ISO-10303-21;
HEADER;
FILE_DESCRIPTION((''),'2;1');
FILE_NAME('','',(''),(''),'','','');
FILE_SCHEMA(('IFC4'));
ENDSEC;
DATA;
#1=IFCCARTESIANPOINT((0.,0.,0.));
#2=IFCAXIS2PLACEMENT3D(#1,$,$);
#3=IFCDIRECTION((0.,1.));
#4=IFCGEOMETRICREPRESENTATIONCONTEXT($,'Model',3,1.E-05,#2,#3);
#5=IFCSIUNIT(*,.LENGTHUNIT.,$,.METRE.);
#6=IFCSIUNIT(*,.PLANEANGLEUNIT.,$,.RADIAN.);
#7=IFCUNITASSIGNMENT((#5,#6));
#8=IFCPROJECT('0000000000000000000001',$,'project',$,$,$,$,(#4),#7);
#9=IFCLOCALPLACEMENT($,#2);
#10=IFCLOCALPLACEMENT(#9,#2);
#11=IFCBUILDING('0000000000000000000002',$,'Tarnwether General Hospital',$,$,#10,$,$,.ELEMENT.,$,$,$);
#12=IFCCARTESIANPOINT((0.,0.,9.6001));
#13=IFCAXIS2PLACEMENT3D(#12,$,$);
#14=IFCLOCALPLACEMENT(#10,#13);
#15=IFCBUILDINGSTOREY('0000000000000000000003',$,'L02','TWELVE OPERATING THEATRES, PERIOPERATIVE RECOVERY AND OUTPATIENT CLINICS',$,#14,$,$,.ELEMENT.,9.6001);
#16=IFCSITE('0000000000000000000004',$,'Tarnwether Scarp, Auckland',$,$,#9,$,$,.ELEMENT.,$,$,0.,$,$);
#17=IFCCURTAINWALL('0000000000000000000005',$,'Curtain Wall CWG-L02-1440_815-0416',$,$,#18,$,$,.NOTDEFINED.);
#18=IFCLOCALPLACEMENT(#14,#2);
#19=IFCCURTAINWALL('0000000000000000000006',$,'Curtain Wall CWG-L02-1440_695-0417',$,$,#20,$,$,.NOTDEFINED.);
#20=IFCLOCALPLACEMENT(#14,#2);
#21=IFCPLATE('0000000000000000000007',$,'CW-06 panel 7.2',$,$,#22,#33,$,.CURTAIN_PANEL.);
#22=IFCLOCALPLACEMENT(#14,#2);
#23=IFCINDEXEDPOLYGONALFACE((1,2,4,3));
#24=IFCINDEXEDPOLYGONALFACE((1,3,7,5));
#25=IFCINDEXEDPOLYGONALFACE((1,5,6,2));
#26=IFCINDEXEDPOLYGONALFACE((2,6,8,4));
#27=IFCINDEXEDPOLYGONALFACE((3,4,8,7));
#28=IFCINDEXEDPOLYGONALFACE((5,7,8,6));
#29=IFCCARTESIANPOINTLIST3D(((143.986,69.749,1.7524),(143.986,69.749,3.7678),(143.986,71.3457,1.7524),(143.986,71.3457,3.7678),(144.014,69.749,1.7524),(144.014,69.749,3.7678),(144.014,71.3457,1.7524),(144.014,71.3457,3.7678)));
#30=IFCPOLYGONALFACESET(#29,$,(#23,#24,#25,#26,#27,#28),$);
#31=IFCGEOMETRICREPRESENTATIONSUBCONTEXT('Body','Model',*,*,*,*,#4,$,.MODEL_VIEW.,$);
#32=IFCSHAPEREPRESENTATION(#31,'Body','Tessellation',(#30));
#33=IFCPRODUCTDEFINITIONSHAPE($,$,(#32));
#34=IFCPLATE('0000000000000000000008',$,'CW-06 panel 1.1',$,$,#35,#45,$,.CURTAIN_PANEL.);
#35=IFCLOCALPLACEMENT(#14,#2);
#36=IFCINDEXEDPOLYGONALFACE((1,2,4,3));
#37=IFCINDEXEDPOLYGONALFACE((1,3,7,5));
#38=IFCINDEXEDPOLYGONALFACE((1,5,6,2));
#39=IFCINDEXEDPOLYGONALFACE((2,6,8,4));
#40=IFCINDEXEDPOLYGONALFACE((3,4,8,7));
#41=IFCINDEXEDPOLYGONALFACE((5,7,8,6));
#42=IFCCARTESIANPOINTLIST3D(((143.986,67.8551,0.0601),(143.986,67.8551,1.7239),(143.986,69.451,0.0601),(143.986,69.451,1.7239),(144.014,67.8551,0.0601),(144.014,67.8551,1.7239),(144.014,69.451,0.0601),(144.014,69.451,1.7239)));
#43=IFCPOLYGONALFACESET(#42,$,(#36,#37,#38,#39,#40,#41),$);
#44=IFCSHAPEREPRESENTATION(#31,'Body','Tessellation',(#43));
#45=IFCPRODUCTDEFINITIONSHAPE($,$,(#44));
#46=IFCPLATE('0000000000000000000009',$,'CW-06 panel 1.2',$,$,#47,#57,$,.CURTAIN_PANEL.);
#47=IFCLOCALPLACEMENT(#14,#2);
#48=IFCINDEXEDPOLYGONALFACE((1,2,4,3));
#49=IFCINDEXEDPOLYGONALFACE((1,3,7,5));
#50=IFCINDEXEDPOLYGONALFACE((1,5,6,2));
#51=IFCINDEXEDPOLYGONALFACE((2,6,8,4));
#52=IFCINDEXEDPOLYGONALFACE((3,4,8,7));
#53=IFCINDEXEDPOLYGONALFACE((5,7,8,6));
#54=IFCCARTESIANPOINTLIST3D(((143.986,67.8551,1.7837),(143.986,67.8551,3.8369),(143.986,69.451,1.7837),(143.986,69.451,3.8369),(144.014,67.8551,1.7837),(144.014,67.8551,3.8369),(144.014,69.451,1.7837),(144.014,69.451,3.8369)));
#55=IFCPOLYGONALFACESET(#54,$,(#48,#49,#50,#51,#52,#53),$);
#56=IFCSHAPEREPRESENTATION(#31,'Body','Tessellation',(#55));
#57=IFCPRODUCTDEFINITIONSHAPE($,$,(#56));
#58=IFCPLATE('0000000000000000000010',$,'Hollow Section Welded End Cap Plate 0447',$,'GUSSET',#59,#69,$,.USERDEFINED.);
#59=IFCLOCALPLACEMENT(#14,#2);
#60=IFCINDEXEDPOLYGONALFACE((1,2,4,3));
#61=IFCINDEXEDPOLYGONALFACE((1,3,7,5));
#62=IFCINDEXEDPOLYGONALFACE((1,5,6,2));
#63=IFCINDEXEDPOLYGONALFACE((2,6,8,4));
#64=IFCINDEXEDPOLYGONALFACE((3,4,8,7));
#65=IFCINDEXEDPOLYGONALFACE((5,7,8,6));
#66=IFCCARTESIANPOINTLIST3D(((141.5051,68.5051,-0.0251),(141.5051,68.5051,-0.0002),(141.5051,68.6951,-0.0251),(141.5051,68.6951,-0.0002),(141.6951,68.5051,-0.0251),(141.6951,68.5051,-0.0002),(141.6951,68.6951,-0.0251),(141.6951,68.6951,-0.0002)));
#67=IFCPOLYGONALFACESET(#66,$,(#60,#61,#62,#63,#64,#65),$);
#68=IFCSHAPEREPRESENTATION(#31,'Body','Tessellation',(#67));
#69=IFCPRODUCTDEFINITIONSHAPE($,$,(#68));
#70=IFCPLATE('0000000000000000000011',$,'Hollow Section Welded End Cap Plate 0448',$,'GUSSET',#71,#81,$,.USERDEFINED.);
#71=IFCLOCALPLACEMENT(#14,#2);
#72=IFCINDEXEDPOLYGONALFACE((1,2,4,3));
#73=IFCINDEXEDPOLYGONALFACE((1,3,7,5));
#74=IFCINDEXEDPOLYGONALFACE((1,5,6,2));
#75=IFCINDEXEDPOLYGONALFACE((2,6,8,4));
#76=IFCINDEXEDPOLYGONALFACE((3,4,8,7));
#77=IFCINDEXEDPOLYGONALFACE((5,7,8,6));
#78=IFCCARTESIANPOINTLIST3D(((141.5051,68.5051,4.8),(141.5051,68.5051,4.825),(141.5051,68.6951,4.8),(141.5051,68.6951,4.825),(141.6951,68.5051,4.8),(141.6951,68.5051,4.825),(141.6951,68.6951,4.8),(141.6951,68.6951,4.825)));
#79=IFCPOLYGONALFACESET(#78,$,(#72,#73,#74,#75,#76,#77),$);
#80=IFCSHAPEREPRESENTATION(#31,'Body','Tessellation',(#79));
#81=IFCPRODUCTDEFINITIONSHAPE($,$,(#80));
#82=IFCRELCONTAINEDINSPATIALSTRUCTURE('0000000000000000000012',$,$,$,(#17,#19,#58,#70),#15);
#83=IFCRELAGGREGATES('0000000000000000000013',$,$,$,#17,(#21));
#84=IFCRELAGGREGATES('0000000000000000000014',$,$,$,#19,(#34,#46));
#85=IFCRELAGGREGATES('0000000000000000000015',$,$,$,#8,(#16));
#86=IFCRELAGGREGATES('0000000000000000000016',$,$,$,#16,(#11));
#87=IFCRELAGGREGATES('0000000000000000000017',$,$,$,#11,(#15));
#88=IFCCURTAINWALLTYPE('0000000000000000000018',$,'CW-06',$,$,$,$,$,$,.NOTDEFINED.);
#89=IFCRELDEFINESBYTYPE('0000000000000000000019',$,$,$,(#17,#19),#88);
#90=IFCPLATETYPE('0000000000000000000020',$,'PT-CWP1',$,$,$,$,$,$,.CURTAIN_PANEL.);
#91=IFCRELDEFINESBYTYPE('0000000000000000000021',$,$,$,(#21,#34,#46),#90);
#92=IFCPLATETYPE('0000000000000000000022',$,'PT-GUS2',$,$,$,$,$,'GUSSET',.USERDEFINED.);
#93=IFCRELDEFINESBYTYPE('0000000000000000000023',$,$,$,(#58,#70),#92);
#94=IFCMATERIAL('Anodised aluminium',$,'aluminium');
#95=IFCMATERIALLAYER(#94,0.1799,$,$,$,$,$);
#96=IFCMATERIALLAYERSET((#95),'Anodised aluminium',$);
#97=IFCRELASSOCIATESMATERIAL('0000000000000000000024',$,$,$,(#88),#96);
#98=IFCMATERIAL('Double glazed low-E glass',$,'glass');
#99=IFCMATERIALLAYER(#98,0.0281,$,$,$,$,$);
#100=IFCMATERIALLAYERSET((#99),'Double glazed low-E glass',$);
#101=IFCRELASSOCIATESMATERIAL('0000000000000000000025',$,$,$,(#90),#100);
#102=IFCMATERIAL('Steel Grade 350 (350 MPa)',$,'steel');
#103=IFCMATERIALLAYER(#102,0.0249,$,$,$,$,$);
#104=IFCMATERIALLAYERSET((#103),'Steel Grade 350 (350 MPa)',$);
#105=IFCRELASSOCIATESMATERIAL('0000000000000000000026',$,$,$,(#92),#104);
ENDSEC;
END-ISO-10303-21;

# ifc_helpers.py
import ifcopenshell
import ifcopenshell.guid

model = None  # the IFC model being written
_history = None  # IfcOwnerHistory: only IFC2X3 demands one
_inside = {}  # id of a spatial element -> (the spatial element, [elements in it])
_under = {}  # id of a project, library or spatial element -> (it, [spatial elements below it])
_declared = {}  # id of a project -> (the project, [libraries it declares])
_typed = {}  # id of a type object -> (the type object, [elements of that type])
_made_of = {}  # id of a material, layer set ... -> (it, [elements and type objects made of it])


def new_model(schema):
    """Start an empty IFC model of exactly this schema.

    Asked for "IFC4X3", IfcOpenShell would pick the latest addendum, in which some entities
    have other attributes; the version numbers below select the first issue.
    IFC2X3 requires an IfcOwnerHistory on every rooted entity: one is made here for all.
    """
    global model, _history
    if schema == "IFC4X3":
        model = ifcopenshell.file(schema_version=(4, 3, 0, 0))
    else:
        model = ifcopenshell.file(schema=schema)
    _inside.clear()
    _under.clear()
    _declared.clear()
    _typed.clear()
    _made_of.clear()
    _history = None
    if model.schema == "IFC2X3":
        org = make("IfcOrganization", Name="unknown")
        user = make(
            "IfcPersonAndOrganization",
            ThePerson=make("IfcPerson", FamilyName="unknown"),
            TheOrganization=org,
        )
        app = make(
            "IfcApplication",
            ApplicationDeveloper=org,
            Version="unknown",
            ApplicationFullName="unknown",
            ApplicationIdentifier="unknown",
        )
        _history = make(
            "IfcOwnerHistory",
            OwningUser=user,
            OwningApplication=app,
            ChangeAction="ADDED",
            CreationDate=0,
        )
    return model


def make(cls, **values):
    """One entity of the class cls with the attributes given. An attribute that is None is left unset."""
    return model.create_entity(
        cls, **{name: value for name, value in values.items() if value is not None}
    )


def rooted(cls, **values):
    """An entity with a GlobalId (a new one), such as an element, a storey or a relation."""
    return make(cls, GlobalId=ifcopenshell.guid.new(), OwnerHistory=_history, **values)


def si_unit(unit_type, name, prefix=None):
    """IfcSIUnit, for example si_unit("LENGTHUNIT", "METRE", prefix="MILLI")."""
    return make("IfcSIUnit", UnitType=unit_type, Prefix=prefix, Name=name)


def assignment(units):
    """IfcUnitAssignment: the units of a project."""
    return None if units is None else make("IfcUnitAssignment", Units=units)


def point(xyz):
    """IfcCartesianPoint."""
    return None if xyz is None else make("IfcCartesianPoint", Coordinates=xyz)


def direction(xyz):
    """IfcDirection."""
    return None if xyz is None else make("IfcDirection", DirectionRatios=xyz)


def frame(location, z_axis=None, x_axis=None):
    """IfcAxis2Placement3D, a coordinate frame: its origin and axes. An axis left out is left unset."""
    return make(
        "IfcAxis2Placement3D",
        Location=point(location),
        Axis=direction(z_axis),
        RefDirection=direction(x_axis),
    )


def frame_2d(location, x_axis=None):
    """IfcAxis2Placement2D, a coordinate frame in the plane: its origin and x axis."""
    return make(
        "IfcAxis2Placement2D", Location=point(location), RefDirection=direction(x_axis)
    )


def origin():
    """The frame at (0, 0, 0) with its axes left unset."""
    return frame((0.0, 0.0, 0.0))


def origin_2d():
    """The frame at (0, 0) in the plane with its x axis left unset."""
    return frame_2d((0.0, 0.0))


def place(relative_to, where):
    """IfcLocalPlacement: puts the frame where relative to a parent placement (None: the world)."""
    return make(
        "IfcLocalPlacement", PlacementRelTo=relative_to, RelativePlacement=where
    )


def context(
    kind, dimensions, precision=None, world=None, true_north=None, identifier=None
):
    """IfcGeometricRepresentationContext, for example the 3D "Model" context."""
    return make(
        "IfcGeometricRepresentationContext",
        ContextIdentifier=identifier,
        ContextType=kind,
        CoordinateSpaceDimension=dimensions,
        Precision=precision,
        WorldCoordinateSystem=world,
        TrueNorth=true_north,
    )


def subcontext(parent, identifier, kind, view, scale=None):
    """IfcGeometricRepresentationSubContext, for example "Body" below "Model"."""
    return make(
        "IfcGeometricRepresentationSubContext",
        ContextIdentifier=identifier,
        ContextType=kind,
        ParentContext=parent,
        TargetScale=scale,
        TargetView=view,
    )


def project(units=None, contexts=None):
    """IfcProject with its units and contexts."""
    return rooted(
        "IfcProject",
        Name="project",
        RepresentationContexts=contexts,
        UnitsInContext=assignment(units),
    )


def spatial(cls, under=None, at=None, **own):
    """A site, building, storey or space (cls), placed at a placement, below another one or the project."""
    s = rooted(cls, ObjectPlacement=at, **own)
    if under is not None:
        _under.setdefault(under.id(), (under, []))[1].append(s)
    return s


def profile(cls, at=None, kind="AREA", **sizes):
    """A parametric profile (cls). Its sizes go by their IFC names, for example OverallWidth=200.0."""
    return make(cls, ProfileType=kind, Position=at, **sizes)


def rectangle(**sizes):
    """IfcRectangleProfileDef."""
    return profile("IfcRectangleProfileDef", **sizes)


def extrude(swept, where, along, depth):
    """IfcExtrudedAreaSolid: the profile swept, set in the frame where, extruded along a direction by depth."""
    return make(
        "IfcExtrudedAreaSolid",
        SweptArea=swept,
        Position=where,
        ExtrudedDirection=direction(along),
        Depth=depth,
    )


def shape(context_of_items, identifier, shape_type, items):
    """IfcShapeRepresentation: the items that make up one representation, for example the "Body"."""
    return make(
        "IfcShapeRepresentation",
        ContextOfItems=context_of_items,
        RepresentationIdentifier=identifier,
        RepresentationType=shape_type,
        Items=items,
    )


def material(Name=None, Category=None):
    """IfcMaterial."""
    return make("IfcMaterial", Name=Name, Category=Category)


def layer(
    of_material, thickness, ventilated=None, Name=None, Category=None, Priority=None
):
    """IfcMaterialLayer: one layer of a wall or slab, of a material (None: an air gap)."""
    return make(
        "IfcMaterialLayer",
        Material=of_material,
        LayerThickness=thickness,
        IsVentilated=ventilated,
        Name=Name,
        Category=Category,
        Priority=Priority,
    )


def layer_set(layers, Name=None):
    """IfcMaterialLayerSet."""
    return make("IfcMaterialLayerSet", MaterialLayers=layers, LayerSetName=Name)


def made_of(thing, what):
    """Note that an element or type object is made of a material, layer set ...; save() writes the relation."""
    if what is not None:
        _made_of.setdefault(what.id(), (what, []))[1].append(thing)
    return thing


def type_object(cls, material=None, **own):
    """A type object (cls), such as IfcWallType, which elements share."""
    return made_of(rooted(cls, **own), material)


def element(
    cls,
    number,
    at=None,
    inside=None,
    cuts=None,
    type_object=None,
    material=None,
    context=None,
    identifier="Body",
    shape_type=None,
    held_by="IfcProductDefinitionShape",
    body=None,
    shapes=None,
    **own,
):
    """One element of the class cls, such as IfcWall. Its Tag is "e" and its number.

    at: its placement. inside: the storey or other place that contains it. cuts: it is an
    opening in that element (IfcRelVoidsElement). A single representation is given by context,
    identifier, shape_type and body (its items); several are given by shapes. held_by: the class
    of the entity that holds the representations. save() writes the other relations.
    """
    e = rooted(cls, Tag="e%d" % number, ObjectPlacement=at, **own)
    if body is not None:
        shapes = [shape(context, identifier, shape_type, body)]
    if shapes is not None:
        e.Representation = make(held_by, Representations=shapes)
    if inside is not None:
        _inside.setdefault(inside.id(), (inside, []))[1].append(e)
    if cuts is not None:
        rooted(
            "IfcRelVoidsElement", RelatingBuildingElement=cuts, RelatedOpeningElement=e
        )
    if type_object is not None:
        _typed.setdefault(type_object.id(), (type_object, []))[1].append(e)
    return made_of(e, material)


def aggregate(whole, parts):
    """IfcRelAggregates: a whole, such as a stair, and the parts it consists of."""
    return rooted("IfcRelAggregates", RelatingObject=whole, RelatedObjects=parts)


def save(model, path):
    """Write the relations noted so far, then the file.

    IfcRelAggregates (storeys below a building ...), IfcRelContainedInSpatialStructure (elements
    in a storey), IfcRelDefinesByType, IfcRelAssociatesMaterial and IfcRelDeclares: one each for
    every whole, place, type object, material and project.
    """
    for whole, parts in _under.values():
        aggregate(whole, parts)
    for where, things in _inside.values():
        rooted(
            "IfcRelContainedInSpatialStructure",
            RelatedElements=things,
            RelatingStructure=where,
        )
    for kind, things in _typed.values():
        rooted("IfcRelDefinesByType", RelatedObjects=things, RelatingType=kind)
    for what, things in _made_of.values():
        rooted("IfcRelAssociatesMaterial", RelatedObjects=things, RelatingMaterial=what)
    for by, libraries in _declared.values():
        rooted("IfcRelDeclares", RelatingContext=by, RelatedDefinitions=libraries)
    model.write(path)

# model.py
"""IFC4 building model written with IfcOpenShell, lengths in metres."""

from ifc_helpers import new_model, si_unit, direction, frame, origin, origin_2d, place, context, subcontext, project, spatial, rectangle, extrude, material, layer, layer_set, type_object, element, aggregate, save


model = new_model("IFC4")

# Units and contexts
model_context = context("Model", 3, precision=1e-05, world=origin(), true_north=direction((0.0, 1.0)))
body_context = subcontext(model_context, "Body", "Model", "MODEL_VIEW")
ifc_project = project(units=[si_unit("LENGTHUNIT", "METRE"), si_unit("PLANEANGLEUNIT", "RADIAN")], contexts=[model_context])

# Site, building, storey
site_placement = place(None, origin())
site = spatial("IfcSite", under=ifc_project, at=site_placement, Name="Tarnwether Scarp, Auckland", CompositionType="ELEMENT", RefElevation=0.0)
building_placement = place(site_placement, origin())
building = spatial("IfcBuilding", under=site, at=building_placement, Name="Tarnwether General Hospital", CompositionType="ELEMENT")
storey_placement = place(building_placement, frame((0.0, 0.0, 9.6001)))
storey = spatial("IfcBuildingStorey", under=building, at=storey_placement, Name="L02", Description="TWELVE OPERATING THEATRES, PERIOPERATIVE RECOVERY AND OUTPATIENT CLINICS", CompositionType="ELEMENT", Elevation=9.6001)

# Curtain walls
ifc_material_1 = material(Name="Anodised aluminium", Category="aluminium")
ifc_layer_1 = layer(ifc_material_1, 0.1799)
ifc_layer_set_1 = layer_set([ifc_layer_1], Name="Anodised aluminium")
curtain_wall_type = type_object("IfcCurtainWallType", Name="CW-06", PredefinedType="NOTDEFINED", material=ifc_layer_set_1)
curtain_wall_1_placement = place(storey_placement, origin())
curtain_wall_1 = element("IfcCurtainWall", 1, at=curtain_wall_1_placement, inside=storey, type_object=curtain_wall_type, Name="Curtain Wall CWG-L02-1440_815-0416", PredefinedType="NOTDEFINED")
curtain_wall_2_placement = place(storey_placement, origin())
curtain_wall_2 = element("IfcCurtainWall", 2, at=curtain_wall_2_placement, inside=storey, type_object=curtain_wall_type, Name="Curtain Wall CWG-L02-1440_695-0417", PredefinedType="NOTDEFINED")

# Plates
ifc_material_2 = material(Name="Double glazed low-E glass", Category="glass")
ifc_layer_2 = layer(ifc_material_2, 0.0281)
ifc_layer_set_2 = layer_set([ifc_layer_2], Name="Double glazed low-E glass")
plate_type_1 = type_object("IfcPlateType", Name="PT-CWP1", PredefinedType="CURTAIN_PANEL", material=ifc_layer_set_2)
plate_1_placement = place(storey_placement, frame((144.0, 70.5474, 1.7524), z_axis=(0.0, 0.0, 1.0), x_axis=(0.0, -1.0, 0.0)))
plate_1 = element("IfcPlate", 3, at=plate_1_placement, type_object=plate_type_1, Name="CW-06 panel 7.2", PredefinedType="CURTAIN_PANEL", context=body_context, shape_type="SweptSolid", body=[
    extrude(rectangle(XDim=1.5967, YDim=0.0281, at=origin_2d()), origin(), (0.0, 0.0, 1.0), 2.0154),
])
aggregate(curtain_wall_1, [plate_1])
plate_2_placement = place(storey_placement, frame((144.0, 68.6531, 0.0601), z_axis=(0.0, 0.0, 1.0), x_axis=(0.0, -1.0, 0.0)))
plate_2 = element("IfcPlate", 4, at=plate_2_placement, type_object=plate_type_1, Name="CW-06 panel 1.1", PredefinedType="CURTAIN_PANEL", context=body_context, shape_type="SweptSolid", body=[
    extrude(rectangle(XDim=1.5959, YDim=0.0281, at=origin_2d()), origin(), (0.0, 0.0, 1.0), 1.6638),
])
plate_3_placement = place(storey_placement, frame((144.0, 68.6531, 1.7837), z_axis=(0.0, 0.0, 1.0), x_axis=(0.0, -1.0, 0.0)))
plate_3 = element("IfcPlate", 5, at=plate_3_placement, type_object=plate_type_1, Name="CW-06 panel 1.2", PredefinedType="CURTAIN_PANEL", context=body_context, shape_type="SweptSolid", body=[
    extrude(rectangle(XDim=1.5959, YDim=0.0281, at=origin_2d()), origin(), (0.0, 0.0, 1.0), 2.0532),
])
aggregate(curtain_wall_2, [plate_2, plate_3])

# Plates
ifc_material_3 = material(Name="Steel Grade 350 (350 MPa)", Category="steel")
ifc_layer_3 = layer(ifc_material_3, 0.0249)
ifc_layer_set_3 = layer_set([ifc_layer_3], Name="Steel Grade 350 (350 MPa)")
plate_type_2 = type_object("IfcPlateType", Name="PT-GUS2", ElementType="GUSSET", PredefinedType="USERDEFINED", material=ifc_layer_set_3)
for number, where, z_axis, x_axis, name in (
    (6, (141.6001, 68.6001, -0.0251), (0.0, 0.0, 1.0), (1.0, 0.0, 0.0), "Hollow Section Welded End Cap Plate 0447"),
    (7, (141.6001, 68.6001, 4.8), (0.0, 0.0, 1.0), (1.0, 0.0, 0.0), "Hollow Section Welded End Cap Plate 0448"),
):
    element("IfcPlate", number, at=place(storey_placement, frame(where, z_axis=z_axis, x_axis=x_axis)), inside=storey, type_object=plate_type_2, Name=name, ObjectType="GUSSET", PredefinedType="USERDEFINED", context=body_context, shape_type="SweptSolid", body=[
        extrude(rectangle(XDim=0.1899, YDim=0.1899, at=origin_2d()), origin(), (0.0, 0.0, 1.0), 0.0249),
    ])

save(model, "model.ifc")
